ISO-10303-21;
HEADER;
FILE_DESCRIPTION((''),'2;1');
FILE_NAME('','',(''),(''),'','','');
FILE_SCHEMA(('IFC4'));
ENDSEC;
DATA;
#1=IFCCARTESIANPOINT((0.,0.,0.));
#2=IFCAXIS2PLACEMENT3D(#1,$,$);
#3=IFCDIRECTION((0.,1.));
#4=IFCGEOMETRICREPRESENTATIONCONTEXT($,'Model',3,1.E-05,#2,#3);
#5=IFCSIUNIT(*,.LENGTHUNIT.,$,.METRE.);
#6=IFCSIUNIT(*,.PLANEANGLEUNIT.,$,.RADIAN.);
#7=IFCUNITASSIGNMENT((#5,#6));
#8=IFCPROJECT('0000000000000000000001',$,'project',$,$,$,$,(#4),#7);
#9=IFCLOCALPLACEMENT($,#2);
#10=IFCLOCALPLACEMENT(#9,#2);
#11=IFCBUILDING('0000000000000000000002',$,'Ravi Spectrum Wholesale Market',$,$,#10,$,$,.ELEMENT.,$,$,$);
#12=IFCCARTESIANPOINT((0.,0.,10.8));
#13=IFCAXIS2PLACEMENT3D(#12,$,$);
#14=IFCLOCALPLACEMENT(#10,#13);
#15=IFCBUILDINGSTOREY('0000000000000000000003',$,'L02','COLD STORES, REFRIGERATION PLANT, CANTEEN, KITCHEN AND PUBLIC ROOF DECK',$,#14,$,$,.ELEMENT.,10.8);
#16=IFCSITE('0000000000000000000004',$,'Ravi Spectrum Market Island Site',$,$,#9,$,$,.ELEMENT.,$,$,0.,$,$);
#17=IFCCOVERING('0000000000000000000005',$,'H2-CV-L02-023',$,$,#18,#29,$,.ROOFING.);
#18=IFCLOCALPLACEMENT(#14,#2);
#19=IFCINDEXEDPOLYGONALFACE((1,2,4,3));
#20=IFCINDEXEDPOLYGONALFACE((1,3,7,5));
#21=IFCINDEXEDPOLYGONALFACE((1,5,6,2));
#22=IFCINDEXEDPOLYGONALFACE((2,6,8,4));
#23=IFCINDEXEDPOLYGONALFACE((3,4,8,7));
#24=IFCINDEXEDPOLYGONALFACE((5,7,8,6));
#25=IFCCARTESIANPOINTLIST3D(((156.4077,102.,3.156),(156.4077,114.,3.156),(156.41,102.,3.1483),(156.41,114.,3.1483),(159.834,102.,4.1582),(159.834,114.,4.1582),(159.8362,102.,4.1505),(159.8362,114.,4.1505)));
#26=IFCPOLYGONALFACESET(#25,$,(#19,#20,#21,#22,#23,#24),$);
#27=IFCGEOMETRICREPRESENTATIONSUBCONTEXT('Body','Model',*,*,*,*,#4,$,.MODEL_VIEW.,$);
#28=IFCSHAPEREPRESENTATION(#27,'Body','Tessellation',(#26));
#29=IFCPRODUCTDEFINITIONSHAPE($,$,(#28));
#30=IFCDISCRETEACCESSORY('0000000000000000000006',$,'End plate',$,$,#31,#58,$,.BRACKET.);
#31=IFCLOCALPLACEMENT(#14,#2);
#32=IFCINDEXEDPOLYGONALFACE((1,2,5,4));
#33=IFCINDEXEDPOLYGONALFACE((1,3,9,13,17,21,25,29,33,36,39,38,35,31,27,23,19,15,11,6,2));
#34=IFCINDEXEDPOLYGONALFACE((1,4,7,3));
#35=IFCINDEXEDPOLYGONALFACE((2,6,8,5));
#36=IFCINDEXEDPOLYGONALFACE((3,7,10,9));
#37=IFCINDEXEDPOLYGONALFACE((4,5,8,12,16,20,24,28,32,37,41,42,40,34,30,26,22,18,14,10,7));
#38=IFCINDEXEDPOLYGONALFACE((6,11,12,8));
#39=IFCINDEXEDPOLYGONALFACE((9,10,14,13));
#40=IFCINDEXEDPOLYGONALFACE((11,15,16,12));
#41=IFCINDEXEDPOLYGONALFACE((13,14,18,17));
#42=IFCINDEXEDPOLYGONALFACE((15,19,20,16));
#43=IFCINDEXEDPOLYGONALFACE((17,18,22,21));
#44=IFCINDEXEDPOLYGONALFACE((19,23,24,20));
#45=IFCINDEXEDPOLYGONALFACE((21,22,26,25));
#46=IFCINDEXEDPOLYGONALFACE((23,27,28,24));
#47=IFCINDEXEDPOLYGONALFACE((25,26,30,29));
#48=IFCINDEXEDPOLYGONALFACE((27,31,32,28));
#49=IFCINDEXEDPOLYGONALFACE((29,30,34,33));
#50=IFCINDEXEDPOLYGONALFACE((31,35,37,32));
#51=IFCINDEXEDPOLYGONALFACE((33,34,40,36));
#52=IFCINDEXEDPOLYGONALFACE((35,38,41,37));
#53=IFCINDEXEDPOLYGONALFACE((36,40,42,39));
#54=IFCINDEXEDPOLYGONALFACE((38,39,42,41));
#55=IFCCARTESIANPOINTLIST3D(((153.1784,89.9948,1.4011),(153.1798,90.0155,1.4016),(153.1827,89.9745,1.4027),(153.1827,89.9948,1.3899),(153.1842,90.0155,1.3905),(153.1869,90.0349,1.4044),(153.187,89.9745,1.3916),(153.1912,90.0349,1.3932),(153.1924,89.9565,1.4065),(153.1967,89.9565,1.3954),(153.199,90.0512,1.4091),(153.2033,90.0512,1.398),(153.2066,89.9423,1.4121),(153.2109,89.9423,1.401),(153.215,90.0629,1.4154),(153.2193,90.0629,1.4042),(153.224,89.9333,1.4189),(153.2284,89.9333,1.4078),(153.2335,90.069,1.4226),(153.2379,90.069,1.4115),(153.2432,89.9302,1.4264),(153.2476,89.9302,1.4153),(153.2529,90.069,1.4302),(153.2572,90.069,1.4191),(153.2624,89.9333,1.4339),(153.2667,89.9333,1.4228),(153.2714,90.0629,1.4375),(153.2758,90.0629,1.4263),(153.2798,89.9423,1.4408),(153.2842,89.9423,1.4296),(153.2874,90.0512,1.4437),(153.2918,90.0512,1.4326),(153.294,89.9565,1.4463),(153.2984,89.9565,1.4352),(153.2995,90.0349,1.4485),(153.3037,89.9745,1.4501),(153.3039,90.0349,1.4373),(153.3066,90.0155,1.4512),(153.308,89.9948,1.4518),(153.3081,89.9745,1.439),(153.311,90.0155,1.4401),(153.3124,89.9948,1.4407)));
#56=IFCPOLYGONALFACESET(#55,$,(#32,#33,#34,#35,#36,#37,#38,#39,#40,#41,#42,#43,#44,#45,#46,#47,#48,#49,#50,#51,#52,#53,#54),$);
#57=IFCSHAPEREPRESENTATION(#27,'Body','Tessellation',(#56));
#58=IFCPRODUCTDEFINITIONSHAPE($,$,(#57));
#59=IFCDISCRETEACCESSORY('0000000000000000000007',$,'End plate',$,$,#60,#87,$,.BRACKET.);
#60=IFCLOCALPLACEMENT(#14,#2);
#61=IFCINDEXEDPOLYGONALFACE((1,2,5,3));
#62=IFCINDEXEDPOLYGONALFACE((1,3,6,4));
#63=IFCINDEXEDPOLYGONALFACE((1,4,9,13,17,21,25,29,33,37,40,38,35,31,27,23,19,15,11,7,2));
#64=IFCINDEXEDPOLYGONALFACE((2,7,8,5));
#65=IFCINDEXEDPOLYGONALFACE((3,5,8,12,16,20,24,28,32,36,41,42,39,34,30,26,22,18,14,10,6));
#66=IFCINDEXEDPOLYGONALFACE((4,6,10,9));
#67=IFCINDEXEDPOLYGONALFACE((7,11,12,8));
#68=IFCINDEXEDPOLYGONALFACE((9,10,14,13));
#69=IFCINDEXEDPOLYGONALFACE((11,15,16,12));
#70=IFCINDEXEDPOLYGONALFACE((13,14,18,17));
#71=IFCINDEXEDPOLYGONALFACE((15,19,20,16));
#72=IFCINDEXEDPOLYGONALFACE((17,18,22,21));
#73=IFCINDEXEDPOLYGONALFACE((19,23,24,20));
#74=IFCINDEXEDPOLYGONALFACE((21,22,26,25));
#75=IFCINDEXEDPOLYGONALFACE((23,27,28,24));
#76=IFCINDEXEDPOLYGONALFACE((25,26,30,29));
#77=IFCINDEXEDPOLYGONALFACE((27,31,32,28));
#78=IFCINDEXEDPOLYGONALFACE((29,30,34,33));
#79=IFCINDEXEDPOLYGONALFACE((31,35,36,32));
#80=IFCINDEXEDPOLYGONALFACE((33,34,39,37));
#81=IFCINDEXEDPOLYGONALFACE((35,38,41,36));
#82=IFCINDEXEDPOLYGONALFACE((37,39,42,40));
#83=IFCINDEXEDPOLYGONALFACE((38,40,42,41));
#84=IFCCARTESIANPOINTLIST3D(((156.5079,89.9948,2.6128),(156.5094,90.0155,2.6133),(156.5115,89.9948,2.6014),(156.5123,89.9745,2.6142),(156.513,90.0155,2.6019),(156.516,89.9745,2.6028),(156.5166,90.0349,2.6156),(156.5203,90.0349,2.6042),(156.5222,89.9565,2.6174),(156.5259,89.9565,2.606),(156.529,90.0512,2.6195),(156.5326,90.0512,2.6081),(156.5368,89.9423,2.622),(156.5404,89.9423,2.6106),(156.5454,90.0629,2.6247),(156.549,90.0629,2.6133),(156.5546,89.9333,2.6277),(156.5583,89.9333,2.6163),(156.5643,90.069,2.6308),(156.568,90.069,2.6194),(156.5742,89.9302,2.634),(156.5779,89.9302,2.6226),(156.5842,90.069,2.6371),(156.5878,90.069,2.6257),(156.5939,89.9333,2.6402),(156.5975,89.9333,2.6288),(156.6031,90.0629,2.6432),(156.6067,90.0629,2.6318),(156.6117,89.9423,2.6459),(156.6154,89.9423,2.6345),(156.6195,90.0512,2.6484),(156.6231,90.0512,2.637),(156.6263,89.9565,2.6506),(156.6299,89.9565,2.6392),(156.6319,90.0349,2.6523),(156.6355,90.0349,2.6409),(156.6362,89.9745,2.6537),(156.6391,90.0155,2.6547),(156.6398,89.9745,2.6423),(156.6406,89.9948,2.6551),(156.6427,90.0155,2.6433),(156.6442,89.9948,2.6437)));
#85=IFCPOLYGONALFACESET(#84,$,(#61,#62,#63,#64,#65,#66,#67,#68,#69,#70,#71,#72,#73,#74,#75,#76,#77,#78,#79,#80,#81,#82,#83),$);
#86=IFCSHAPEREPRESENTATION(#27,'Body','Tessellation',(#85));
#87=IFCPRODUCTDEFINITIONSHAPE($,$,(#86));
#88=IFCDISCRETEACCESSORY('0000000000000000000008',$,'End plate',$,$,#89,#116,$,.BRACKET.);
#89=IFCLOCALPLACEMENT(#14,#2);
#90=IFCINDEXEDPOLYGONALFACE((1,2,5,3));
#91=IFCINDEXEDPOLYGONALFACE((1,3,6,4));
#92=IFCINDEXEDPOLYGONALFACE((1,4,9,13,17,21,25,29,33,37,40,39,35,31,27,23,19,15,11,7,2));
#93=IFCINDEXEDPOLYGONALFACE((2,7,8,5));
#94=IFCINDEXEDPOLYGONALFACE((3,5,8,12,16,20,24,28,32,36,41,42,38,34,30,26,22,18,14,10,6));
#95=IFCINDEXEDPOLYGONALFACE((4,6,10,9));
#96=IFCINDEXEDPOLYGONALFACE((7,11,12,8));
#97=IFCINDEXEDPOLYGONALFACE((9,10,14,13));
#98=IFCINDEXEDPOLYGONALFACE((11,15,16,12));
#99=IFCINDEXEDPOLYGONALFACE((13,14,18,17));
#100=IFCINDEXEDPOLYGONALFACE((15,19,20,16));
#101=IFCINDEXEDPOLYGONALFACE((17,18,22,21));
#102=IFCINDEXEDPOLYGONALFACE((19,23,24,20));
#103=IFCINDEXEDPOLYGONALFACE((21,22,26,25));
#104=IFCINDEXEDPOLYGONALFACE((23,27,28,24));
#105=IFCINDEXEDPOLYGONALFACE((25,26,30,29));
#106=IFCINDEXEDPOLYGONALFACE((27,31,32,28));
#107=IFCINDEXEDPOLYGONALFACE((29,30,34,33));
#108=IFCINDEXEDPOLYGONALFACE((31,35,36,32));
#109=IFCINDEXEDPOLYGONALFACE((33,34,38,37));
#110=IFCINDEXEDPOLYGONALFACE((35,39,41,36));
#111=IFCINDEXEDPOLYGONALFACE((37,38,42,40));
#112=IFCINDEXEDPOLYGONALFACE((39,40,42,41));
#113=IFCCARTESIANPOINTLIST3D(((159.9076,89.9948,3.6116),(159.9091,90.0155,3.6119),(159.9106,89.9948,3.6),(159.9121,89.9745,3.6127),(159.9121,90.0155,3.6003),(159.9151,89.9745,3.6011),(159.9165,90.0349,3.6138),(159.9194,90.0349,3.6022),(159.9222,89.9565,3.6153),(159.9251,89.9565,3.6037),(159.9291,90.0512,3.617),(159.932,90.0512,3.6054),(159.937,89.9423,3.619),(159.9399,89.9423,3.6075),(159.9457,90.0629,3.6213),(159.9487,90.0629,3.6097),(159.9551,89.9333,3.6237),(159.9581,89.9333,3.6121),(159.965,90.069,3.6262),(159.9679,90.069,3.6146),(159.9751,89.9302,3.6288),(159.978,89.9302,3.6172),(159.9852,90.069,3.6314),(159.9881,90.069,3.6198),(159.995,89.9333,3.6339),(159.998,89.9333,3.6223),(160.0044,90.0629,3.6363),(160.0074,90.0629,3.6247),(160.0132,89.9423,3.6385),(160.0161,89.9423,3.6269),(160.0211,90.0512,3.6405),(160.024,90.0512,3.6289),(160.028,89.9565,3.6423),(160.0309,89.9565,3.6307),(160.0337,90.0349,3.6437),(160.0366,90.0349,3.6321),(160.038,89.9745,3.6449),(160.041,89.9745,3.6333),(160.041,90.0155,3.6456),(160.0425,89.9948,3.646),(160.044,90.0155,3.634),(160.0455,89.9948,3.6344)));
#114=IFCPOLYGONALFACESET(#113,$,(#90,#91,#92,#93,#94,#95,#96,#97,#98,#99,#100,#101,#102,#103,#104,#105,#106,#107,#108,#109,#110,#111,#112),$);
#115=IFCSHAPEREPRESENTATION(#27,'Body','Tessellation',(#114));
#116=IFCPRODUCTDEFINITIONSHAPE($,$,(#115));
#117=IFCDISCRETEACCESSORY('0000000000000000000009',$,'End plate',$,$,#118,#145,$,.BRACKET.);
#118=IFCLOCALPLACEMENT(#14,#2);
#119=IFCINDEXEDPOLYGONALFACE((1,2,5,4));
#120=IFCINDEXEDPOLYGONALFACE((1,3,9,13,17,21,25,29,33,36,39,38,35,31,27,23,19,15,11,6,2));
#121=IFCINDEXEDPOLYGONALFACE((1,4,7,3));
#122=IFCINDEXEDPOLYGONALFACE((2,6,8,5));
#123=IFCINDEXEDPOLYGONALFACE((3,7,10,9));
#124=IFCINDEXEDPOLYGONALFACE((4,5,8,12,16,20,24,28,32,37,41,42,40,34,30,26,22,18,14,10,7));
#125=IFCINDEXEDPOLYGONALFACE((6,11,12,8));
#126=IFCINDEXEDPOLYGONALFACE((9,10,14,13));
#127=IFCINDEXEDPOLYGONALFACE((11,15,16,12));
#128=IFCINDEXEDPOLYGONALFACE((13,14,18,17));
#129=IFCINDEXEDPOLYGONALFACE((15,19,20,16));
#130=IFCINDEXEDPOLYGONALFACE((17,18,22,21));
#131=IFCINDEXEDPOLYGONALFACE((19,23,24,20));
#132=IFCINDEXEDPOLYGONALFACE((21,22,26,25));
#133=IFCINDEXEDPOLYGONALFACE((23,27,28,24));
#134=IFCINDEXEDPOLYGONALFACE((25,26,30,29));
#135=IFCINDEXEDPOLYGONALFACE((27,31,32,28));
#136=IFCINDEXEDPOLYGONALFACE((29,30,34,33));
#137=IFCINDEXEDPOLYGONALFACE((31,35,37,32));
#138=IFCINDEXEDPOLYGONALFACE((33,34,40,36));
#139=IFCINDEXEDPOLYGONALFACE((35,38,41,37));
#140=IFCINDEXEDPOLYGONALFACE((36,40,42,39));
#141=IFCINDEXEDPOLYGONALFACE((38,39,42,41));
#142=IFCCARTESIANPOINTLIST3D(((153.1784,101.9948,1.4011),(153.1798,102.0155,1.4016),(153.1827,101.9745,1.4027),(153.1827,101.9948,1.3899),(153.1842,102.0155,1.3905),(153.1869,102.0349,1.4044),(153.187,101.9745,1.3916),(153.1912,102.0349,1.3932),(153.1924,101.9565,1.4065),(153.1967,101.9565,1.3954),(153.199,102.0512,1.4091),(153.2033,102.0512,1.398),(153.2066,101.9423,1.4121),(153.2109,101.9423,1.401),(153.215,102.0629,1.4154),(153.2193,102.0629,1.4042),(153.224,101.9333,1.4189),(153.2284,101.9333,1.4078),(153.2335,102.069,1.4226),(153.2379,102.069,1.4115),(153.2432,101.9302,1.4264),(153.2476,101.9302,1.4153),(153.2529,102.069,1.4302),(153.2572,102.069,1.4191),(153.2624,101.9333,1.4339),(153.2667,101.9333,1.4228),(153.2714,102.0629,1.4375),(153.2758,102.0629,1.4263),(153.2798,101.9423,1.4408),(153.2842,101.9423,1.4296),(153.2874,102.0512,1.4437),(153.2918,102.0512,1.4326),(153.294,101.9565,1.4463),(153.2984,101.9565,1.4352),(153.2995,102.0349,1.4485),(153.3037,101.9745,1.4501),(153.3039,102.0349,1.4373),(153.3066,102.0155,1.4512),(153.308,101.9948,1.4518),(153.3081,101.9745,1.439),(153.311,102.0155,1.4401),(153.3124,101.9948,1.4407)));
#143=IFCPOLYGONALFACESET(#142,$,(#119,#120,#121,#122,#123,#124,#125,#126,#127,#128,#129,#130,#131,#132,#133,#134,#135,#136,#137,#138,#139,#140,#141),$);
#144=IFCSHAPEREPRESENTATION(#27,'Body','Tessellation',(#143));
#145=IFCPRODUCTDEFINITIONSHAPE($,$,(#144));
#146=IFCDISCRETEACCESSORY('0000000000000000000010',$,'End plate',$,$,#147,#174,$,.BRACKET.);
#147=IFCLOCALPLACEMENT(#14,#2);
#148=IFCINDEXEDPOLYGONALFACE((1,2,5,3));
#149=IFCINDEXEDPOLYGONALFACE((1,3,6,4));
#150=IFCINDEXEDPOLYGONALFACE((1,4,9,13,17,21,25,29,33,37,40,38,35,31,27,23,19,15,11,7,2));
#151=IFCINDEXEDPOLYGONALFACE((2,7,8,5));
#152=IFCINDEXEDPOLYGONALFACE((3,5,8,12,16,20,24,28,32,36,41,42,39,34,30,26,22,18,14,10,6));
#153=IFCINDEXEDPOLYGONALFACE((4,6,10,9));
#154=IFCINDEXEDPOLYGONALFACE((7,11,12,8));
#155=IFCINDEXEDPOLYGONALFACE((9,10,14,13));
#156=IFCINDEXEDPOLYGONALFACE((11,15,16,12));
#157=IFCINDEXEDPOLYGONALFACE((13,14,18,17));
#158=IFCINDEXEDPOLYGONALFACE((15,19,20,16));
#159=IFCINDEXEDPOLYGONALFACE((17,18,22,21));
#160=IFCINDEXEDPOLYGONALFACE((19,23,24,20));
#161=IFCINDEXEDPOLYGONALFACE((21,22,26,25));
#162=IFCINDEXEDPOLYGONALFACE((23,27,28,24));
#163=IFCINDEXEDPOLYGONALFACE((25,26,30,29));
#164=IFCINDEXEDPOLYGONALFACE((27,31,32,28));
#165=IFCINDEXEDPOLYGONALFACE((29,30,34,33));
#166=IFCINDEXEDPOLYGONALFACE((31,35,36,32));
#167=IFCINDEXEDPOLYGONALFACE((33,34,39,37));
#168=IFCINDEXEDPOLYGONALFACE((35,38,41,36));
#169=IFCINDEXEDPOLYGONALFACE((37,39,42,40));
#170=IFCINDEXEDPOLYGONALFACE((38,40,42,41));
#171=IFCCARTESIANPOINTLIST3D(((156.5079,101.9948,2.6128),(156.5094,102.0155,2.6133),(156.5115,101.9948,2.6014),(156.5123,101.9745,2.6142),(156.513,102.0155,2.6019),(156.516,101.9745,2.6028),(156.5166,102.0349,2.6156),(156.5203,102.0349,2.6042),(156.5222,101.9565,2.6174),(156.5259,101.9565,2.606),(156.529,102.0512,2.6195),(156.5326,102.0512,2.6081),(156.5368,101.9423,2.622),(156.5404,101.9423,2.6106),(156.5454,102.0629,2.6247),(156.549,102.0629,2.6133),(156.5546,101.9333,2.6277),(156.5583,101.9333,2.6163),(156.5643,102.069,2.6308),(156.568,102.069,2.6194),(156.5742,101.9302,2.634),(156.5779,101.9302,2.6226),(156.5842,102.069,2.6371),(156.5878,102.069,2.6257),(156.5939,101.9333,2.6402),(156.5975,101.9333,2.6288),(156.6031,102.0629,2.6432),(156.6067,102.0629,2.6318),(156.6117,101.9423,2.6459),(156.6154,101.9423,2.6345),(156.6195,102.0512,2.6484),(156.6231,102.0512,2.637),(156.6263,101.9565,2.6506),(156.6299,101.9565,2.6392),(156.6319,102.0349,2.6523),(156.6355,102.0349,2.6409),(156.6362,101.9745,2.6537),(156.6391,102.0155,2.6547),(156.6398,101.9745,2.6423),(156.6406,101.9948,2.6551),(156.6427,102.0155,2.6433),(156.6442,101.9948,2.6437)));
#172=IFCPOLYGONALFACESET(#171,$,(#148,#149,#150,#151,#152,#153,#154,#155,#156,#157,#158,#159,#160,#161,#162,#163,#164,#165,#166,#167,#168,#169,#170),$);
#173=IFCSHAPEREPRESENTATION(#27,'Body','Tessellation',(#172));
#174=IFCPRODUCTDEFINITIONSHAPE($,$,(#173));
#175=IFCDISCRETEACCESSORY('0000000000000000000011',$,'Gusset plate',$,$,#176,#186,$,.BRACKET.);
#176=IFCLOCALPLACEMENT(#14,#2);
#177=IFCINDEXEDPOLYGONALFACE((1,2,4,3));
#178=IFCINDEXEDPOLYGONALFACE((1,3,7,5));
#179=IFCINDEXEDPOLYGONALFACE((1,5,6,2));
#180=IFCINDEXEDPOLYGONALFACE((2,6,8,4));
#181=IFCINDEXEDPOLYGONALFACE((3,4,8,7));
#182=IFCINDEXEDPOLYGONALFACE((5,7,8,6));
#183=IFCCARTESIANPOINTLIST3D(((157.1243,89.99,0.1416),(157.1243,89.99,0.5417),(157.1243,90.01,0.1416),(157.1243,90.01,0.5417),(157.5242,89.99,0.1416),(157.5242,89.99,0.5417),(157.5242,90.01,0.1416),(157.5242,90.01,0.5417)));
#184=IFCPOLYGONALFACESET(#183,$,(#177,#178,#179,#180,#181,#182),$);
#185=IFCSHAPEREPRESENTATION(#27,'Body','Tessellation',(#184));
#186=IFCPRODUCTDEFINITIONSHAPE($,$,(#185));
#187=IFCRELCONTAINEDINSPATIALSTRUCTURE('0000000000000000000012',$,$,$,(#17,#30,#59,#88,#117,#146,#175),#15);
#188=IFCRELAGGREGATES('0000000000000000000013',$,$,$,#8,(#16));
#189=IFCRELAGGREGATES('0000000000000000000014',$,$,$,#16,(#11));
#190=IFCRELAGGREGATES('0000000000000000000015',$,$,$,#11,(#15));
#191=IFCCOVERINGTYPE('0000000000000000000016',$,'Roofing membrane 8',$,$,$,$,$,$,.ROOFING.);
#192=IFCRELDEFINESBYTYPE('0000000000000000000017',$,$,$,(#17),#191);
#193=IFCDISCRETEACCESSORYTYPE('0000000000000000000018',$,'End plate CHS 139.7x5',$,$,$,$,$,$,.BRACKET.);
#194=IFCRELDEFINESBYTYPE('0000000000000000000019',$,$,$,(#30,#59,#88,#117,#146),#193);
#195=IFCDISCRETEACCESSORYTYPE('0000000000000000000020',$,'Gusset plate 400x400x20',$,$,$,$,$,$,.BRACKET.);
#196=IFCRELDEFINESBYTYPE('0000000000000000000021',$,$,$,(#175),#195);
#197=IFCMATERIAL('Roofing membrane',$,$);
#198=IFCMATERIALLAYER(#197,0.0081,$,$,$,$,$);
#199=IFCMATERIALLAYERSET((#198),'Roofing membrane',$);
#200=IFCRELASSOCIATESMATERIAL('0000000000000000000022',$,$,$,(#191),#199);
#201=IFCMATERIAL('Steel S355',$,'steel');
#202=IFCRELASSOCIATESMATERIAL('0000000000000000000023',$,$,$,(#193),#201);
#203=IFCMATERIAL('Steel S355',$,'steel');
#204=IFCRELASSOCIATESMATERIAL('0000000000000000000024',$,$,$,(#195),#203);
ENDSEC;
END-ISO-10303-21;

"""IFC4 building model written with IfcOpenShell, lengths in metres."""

from ifc_helpers import new_model, si_unit, direction, frame, origin, origin_2d, place, context, subcontext, project, spatial, polyline, rectangle, circle, outline, extrude, material, layer, layer_set, material_profile, profile_set, type_object, element, save


model = new_model("IFC4")

# Units and contexts
model_context = context("Model", 3, precision=1e-05, world=origin(), true_north=direction((0.0, 1.0)))
body_context = subcontext(model_context, "Body", "Model", "MODEL_VIEW")
ifc_project = project(units=[si_unit("LENGTHUNIT", "METRE"), si_unit("PLANEANGLEUNIT", "RADIAN")], contexts=[model_context])

# Site, building, storey
site_placement = place(None, origin())
site = spatial("IfcSite", under=ifc_project, at=site_placement, Name="Ravi Spectrum Market Island Site", CompositionType="ELEMENT", RefElevation=0.0)
building_placement = place(site_placement, origin())
building = spatial("IfcBuilding", under=site, at=building_placement, Name="Ravi Spectrum Wholesale Market", CompositionType="ELEMENT")
storey_placement = place(building_placement, frame((0.0, 0.0, 10.8)))
storey = spatial("IfcBuildingStorey", under=building, at=storey_placement, Name="L02", Description="COLD STORES, REFRIGERATION PLANT, CANTEEN, KITCHEN AND PUBLIC ROOF DECK", CompositionType="ELEMENT", Elevation=10.8)

# Covering
ifc_material_1 = material(Name="Roofing membrane")
ifc_layer_1 = layer(ifc_material_1, 0.0081)
ifc_layer_set_1 = layer_set([ifc_layer_1], Name="Roofing membrane")
covering_type = type_object("IfcCoveringType", Name="Roofing membrane 8", PredefinedType="ROOFING", material=ifc_layer_set_1)
covering_1_placement = place(storey_placement, frame((156.4077, 102.0, 3.156), z_axis=(-0.28074, 0.0, 0.959784), x_axis=(0.959784, 0.0, 0.28074)))
element("IfcCovering", 1, at=covering_1_placement, inside=storey, type_object=covering_type, Name="H2-CV-L02-023", PredefinedType="ROOFING", context=body_context, shape_type="SweptSolid", body=[
    extrude(outline(polyline([(0.0, 0.0), (3.5698, 0.0), (3.5698, 12.0), (0.0, 12.0), (0.0, 0.0)])), origin(), (0.0, 0.0, -1.0), 0.0081),
])

# Discrete accessories
ifc_material_2 = material(Name="Steel S355", Category="steel")
ifc_material_profile_1 = material_profile(ifc_material_2, circle(Radius=0.0698, at=origin_2d()))
ifc_profile_set_1 = profile_set([ifc_material_profile_1], Name="Steel S355")
discrete_accessory_type_1 = type_object("IfcDiscreteAccessoryType", Name="End plate CHS 139.7x5", PredefinedType="BRACKET", material=ifc_profile_set_1)
for number, where, z_axis, x_axis, name in (
    (2, (153.2476, 90.0, 1.4153), (-0.364399, 0.0, 0.931243), (0.0, -1.0, 0.0), "End plate"),
    (3, (156.5779, 90.0, 2.6226), (-0.30404, 0.0, 0.952659), (0.0, -1.0, 0.0), "End plate"),
    (4, (159.978, 90.0, 3.6172), (-0.247383, 0.0, 0.968918), (0.0, -1.0, 0.0), "End plate"),
    (5, (153.2476, 102.0, 1.4153), (-0.364399, 0.0, 0.931243), (0.0, -1.0, 0.0), "End plate"),
    (6, (156.5779, 102.0, 2.6226), (-0.30404, 0.0, 0.952659), (0.0, -1.0, 0.0), "End plate"),
):
    element("IfcDiscreteAccessory", number, at=place(storey_placement, frame(where, z_axis=z_axis, x_axis=x_axis)), inside=storey, type_object=discrete_accessory_type_1, Name=name, PredefinedType="BRACKET", context=body_context, shape_type="SweptSolid", body=[
        extrude(circle(Radius=0.0698, at=origin_2d()), origin(), (0.0, 0.0, 1.0), 0.012),
    ])
ifc_material_3 = material(Name="Steel S355", Category="steel")
ifc_material_profile_2 = material_profile(ifc_material_3, rectangle(XDim=0.3999, YDim=0.02, at=origin_2d()))
ifc_profile_set_2 = profile_set([ifc_material_profile_2], Name="Steel S355")
discrete_accessory_type_2 = type_object("IfcDiscreteAccessoryType", Name="Gusset plate 400x400x20", PredefinedType="BRACKET", material=ifc_profile_set_2)
discrete_accessory_placement = place(storey_placement, frame((157.3242, 90.0, 0.1416), z_axis=(0.0, 0.0, 1.0), x_axis=(1.0, 0.0, 0.0)))
element("IfcDiscreteAccessory", 7, at=discrete_accessory_placement, inside=storey, type_object=discrete_accessory_type_2, Name="Gusset plate", PredefinedType="BRACKET", context=body_context, shape_type="SweptSolid", body=[
    extrude(rectangle(XDim=0.3999, YDim=0.02, at=origin_2d()), origin(), (0.0, 0.0, 1.0), 0.4001),
])

save(model, "model.ifc")
